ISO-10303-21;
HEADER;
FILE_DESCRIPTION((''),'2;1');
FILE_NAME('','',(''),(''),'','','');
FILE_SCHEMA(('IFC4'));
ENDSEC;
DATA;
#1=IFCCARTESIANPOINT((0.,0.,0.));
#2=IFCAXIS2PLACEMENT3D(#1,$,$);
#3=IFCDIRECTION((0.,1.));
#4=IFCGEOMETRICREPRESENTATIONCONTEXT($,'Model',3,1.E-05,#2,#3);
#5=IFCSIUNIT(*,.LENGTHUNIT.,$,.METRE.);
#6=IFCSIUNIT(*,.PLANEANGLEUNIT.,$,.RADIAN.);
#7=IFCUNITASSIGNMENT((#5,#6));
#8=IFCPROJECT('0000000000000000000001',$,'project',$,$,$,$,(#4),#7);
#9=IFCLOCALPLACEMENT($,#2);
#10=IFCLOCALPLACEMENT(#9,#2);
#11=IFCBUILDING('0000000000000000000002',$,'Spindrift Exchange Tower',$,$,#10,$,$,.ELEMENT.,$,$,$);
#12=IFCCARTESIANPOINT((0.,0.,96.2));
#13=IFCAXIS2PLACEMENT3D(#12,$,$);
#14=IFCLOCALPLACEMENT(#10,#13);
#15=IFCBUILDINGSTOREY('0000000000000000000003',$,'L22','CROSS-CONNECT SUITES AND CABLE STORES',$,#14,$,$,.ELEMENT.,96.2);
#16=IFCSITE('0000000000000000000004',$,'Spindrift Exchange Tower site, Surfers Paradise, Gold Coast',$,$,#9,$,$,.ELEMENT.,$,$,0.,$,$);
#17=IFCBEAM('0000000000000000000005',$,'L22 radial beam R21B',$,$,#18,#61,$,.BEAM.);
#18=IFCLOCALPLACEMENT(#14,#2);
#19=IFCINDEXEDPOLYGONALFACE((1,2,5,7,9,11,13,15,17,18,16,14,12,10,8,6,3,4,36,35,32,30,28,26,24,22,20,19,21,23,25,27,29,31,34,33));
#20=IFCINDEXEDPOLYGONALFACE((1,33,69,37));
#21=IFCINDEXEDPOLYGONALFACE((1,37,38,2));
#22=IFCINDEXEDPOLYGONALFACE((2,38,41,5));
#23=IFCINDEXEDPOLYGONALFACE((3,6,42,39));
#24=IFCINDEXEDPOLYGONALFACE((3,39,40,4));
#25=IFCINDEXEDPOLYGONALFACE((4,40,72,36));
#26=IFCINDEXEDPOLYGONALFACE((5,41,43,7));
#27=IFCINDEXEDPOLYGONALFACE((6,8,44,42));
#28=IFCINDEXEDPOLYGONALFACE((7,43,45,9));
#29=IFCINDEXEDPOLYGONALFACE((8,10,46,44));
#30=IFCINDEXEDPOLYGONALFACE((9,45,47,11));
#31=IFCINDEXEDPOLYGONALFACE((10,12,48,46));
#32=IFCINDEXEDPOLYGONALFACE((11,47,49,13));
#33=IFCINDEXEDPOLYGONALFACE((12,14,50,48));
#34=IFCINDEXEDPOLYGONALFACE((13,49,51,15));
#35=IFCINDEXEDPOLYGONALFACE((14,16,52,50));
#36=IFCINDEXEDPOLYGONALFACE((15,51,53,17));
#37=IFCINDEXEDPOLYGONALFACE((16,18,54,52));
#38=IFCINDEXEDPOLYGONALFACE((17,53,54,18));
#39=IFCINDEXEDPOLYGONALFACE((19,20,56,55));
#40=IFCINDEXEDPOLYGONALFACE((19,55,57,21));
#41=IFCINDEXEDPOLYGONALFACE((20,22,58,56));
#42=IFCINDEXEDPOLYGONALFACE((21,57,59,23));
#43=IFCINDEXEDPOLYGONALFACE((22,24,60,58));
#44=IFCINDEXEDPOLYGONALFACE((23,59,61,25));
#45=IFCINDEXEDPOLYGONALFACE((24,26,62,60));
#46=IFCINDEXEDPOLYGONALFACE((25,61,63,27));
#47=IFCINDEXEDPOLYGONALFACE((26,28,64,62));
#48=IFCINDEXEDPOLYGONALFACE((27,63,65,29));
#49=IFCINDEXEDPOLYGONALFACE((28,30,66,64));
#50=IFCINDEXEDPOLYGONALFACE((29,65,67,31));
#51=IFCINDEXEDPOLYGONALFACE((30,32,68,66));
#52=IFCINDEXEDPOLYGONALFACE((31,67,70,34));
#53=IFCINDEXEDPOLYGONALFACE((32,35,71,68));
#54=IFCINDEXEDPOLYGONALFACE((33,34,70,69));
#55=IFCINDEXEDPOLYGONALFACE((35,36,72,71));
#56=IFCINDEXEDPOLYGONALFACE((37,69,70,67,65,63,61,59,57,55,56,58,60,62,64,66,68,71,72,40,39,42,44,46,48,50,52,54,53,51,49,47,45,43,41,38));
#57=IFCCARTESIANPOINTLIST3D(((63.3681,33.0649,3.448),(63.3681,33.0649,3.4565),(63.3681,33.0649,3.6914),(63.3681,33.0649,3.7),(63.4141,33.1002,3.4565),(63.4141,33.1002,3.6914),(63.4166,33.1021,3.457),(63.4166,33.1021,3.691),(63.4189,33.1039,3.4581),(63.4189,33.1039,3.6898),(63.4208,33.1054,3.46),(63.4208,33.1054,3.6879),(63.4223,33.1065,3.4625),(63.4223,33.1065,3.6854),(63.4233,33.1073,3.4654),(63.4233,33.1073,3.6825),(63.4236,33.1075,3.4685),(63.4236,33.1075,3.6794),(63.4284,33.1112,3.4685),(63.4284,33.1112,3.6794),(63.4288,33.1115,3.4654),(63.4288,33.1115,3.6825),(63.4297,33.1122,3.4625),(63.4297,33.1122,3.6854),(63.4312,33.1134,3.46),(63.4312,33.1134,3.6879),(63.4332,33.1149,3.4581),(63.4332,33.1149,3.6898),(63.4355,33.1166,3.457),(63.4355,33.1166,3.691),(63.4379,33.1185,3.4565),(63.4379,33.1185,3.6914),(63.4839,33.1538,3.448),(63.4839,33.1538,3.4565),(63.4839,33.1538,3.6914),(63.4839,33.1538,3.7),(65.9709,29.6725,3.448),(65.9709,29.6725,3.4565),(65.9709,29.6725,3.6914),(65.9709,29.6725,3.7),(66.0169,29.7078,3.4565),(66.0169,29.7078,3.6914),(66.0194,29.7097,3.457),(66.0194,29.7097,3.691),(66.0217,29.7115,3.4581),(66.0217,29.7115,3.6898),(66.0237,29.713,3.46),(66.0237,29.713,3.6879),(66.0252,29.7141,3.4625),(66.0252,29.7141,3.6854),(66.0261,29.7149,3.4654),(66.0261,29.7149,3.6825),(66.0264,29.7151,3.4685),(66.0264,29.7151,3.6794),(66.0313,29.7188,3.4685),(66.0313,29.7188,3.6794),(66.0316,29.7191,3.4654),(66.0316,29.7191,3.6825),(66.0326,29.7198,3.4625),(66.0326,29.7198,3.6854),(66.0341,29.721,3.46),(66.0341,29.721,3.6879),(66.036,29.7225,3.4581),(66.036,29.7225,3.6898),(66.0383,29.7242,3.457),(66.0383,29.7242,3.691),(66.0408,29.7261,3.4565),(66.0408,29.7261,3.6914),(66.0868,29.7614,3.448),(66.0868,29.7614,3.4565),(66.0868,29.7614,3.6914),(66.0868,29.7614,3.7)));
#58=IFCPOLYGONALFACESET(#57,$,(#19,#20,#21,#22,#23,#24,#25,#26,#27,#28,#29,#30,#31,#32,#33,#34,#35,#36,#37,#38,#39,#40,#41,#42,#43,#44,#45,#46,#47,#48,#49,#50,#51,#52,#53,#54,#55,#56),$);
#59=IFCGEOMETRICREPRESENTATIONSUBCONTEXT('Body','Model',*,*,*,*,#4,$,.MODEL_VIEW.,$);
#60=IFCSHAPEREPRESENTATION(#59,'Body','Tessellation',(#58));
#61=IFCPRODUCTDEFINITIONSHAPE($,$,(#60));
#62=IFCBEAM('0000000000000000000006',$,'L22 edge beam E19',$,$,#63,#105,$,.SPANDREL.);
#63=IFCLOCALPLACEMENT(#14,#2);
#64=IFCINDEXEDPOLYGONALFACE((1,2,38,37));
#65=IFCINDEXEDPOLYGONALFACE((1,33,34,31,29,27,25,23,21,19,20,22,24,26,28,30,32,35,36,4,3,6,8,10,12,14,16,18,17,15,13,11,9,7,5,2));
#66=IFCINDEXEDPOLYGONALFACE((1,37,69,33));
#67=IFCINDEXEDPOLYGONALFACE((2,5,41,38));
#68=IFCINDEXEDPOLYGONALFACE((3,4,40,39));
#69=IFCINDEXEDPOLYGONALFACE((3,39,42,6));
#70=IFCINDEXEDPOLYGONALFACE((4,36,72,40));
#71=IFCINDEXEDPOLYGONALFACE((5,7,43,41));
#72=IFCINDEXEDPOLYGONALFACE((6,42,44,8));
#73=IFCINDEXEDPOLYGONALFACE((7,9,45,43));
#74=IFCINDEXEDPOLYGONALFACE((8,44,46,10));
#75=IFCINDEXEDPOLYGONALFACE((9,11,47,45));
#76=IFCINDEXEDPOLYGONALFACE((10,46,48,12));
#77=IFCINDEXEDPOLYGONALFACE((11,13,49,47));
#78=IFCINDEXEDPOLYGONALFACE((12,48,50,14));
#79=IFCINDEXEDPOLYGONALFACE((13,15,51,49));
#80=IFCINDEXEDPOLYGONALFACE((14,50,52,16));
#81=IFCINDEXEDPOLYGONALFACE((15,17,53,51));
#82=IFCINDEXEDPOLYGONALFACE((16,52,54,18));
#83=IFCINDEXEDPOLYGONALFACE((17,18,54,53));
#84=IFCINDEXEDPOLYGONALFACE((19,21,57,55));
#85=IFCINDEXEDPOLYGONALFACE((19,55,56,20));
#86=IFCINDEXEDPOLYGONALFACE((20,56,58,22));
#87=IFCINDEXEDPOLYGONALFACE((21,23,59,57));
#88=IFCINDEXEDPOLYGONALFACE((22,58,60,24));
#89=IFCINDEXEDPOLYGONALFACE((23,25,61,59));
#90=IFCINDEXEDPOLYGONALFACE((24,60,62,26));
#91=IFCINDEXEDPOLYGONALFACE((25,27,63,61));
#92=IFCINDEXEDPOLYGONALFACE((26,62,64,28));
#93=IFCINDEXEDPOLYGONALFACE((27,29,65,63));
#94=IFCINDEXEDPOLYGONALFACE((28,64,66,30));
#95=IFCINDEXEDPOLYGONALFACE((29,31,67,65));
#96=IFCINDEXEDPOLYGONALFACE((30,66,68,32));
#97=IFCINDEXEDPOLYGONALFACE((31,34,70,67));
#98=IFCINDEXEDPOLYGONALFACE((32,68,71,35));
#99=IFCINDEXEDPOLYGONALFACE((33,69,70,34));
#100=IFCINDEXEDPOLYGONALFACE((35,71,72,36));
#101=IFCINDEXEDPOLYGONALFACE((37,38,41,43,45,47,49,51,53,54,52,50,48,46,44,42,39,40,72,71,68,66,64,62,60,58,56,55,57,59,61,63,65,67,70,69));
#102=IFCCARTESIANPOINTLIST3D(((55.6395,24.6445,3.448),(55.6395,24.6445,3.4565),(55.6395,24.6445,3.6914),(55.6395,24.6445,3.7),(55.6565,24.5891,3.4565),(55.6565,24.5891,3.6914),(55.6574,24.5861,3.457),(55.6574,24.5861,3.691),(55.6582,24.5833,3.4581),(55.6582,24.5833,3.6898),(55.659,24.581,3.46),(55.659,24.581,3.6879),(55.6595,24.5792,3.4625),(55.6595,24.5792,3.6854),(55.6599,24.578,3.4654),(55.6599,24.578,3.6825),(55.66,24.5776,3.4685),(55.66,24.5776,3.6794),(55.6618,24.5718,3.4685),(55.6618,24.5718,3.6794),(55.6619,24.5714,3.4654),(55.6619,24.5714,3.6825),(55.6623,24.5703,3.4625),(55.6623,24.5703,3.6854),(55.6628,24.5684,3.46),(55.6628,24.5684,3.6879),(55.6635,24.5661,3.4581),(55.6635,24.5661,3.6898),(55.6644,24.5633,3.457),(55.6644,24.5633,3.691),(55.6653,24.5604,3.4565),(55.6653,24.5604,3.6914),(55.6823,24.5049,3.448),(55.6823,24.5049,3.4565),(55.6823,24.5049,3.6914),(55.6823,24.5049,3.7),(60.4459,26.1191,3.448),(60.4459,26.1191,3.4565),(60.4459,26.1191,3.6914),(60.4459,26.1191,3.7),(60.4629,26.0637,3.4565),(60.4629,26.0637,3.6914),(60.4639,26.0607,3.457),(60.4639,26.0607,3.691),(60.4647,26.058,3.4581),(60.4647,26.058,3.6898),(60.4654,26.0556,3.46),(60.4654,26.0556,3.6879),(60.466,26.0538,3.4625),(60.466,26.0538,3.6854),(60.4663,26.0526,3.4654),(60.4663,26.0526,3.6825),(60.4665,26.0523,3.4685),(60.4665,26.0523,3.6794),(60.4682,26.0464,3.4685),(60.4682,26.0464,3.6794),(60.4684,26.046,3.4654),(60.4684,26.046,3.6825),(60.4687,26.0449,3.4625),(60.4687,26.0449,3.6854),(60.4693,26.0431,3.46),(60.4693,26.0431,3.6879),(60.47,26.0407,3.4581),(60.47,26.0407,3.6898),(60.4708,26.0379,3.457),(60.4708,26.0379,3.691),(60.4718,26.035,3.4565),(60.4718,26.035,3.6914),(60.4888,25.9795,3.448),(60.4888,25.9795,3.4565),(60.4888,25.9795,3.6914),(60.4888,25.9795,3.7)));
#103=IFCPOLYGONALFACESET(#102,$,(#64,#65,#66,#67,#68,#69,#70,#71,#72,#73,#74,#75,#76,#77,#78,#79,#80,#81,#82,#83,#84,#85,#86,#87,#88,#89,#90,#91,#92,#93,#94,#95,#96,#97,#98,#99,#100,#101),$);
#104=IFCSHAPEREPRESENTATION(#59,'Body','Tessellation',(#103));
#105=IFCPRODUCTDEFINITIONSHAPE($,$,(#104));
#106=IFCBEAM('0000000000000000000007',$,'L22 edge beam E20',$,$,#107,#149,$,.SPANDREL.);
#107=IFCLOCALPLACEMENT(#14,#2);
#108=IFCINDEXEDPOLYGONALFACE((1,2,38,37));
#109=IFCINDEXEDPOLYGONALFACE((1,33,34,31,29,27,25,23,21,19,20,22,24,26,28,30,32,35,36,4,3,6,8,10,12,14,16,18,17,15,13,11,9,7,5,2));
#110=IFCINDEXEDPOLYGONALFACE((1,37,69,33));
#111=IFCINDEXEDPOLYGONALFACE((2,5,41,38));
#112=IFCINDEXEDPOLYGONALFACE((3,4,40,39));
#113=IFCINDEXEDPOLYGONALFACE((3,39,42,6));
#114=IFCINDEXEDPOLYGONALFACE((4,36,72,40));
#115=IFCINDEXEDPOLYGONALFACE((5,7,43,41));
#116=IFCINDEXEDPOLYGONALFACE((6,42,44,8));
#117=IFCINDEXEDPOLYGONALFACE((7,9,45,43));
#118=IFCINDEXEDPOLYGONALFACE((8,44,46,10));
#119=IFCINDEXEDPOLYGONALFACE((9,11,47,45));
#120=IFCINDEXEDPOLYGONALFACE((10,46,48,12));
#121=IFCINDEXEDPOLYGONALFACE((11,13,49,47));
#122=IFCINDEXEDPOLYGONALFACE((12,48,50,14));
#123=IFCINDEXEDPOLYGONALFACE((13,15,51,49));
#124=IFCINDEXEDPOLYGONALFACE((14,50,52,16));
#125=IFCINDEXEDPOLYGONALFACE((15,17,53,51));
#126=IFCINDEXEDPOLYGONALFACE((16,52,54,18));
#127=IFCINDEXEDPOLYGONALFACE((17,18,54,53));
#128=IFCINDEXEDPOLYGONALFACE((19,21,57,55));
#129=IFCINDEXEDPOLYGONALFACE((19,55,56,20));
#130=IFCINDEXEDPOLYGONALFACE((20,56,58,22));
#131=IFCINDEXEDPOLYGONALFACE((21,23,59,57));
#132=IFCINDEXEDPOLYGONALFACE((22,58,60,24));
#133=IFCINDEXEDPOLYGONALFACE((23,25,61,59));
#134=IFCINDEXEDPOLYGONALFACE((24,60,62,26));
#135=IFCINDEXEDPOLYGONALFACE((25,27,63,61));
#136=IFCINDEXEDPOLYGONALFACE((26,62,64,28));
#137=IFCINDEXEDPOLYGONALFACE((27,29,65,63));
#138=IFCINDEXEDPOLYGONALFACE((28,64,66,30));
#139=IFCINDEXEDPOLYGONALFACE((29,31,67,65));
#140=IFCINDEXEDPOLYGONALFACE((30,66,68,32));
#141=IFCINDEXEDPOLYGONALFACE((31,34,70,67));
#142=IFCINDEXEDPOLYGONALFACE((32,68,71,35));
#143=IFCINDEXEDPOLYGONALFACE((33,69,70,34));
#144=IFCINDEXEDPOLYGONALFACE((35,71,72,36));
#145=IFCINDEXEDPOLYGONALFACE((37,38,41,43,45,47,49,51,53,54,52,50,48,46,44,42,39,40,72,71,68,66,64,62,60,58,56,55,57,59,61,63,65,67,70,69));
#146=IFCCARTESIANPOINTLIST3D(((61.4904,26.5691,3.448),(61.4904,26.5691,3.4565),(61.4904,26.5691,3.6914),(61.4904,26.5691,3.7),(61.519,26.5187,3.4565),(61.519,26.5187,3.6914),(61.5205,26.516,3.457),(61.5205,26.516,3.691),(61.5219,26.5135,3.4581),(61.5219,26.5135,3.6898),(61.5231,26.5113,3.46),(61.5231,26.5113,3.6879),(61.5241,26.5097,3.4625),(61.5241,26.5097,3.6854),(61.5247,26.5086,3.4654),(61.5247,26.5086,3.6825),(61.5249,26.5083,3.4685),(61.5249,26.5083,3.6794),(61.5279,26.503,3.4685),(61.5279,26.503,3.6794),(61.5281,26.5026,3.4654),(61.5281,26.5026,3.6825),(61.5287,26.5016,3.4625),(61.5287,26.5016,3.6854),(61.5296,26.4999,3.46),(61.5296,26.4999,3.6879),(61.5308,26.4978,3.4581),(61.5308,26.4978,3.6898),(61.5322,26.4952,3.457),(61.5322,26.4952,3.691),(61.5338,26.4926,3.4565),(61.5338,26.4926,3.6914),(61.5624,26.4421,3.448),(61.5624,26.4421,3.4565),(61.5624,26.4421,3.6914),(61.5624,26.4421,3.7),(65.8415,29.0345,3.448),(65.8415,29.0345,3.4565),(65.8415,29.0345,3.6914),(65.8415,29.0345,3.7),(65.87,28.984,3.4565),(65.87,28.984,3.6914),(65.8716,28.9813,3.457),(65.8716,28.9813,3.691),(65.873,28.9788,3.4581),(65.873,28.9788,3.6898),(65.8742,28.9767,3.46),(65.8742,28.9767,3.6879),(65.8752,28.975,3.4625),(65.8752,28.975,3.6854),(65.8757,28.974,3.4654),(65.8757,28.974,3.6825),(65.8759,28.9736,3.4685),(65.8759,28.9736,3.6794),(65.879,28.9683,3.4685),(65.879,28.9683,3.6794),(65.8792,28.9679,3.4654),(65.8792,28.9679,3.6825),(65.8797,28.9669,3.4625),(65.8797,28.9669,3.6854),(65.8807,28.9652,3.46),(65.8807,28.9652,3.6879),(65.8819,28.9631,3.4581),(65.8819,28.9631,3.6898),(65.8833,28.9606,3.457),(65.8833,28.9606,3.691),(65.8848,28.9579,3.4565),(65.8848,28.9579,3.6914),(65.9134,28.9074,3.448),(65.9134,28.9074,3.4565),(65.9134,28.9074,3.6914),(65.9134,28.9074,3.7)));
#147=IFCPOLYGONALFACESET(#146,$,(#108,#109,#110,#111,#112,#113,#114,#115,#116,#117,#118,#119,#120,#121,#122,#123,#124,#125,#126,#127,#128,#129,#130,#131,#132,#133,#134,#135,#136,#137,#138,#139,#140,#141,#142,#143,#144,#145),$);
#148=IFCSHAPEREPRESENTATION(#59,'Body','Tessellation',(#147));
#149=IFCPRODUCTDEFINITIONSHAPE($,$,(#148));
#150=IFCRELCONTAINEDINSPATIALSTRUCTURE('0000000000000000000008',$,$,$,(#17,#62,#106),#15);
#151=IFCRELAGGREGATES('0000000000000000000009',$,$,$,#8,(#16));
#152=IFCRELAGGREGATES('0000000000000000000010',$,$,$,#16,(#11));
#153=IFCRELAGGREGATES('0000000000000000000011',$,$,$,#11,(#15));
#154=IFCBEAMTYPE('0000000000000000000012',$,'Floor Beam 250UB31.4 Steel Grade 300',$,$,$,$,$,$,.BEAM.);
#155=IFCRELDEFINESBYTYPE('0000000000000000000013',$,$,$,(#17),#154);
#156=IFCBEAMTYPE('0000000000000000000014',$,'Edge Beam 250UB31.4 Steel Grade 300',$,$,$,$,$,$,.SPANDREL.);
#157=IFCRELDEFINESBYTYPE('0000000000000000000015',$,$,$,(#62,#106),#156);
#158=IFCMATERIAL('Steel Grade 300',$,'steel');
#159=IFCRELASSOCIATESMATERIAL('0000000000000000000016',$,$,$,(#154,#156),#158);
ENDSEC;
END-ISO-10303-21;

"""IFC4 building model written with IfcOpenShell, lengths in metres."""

from ifc_helpers import new_model, si_unit, direction, frame, origin, origin_2d, place, context, subcontext, project, spatial, i_section, extrude, source, transform, mapped, material, material_profile, profile_set, type_object, element, save


model = new_model("IFC4")

# Units and contexts
model_context = context("Model", 3, precision=1e-05, world=origin(), true_north=direction((0.0, 1.0)))
body_context = subcontext(model_context, "Body", "Model", "MODEL_VIEW")
ifc_project = project(units=[si_unit("LENGTHUNIT", "METRE"), si_unit("PLANEANGLEUNIT", "RADIAN")], contexts=[model_context])

# Site, building, storey
site_placement = place(None, origin())
site = spatial("IfcSite", under=ifc_project, at=site_placement, Name="Spindrift Exchange Tower site, Surfers Paradise, Gold Coast", CompositionType="ELEMENT", RefElevation=0.0)
building_placement = place(site_placement, origin())
building = spatial("IfcBuilding", under=site, at=building_placement, Name="Spindrift Exchange Tower", CompositionType="ELEMENT")
storey_placement = place(building_placement, frame((0.0, 0.0, 96.2)))
storey = spatial("IfcBuildingStorey", under=building, at=storey_placement, Name="L22", Description="CROSS-CONNECT SUITES AND CABLE STORES", CompositionType="ELEMENT", Elevation=96.2)

# Beams
ifc_material_1 = material(Name="Steel Grade 300", Category="steel")
ifc_material_profile_1 = material_profile(ifc_material_1, i_section(OverallWidth=0.146, OverallDepth=0.252, WebThickness=0.0061, FlangeThickness=0.0085, FilletRadius=0.012, at=origin_2d()), Name="250UB31.4")
ifc_profile_set_1 = profile_set([ifc_material_profile_1], Name="Steel Grade 300")
beam_type_1 = type_object("IfcBeamType", Name="Floor Beam 250UB31.4 Steel Grade 300", PredefinedType="BEAM", material=ifc_profile_set_1)
shared_shape_1 = source(origin(), body_context, "Body", "SweptSolid", [
    extrude(i_section(OverallWidth=0.146, OverallDepth=0.252, WebThickness=0.0061, FlangeThickness=0.0085, FilletRadius=0.012, at=origin_2d()), origin(), (0.0, 0.0, 1.0), 4.2759),
])
beam_1_placement = place(storey_placement, frame((63.426, 33.1094, 3.574), z_axis=(0.608725, -0.793381, 0.0), x_axis=(0.793381, 0.608725, 0.0)))
element("IfcBeam", 1, at=beam_1_placement, inside=storey, type_object=beam_type_1, Name="L22 radial beam R21B", PredefinedType="BEAM", context=body_context, shape_type="MappedRepresentation", body=[
    mapped(shared_shape_1, transform((0.0, 0.0, 0.0), scale=1.0)),
])
ifc_material_profile_2 = material_profile(ifc_material_1, i_section(OverallWidth=0.146, OverallDepth=0.252, WebThickness=0.0061, FlangeThickness=0.0085, FilletRadius=0.012, at=origin_2d()), Name="250UB31.4")
ifc_profile_set_2 = profile_set([ifc_material_profile_2], Name="Steel Grade 300")
beam_type_2 = type_object("IfcBeamType", Name="Edge Beam 250UB31.4 Steel Grade 300", PredefinedType="SPANDREL", material=ifc_profile_set_2)
shared_shape_2 = source(origin(), body_context, "Body", "SweptSolid", [
    extrude(i_section(OverallWidth=0.146, OverallDepth=0.252, WebThickness=0.0061, FlangeThickness=0.0085, FilletRadius=0.012, at=origin_2d()), origin(), (0.0, 0.0, 1.0), 5.0276),
])
beam_2_placement = place(storey_placement, frame((55.6609, 24.5747, 3.574), z_axis=(0.956018, 0.293308, 0.0), x_axis=(-0.293308, 0.956018, 0.0)))
element("IfcBeam", 2, at=beam_2_placement, inside=storey, type_object=beam_type_2, Name="L22 edge beam E19", PredefinedType="SPANDREL", context=body_context, shape_type="MappedRepresentation", body=[
    mapped(shared_shape_2, transform((0.0, 0.0, 0.0), scale=1.0)),
])
shared_shape_3 = source(origin(), body_context, "Body", "SweptSolid", [
    extrude(i_section(OverallWidth=0.146, OverallDepth=0.252, WebThickness=0.0061, FlangeThickness=0.0085, FilletRadius=0.012, at=origin_2d()), origin(), (0.0, 0.0, 1.0), 5.001),
])
beam_3_placement = place(storey_placement, frame((61.5264, 26.5056, 3.574), z_axis=(0.870046, 0.492971, 0.0), x_axis=(-0.492971, 0.870046, 0.0)))
element("IfcBeam", 3, at=beam_3_placement, inside=storey, type_object=beam_type_2, Name="L22 edge beam E20", PredefinedType="SPANDREL", context=body_context, shape_type="MappedRepresentation", body=[
    mapped(shared_shape_3, transform((0.0, 0.0, 0.0), scale=1.0)),
])

save(model, "model.ifc")
